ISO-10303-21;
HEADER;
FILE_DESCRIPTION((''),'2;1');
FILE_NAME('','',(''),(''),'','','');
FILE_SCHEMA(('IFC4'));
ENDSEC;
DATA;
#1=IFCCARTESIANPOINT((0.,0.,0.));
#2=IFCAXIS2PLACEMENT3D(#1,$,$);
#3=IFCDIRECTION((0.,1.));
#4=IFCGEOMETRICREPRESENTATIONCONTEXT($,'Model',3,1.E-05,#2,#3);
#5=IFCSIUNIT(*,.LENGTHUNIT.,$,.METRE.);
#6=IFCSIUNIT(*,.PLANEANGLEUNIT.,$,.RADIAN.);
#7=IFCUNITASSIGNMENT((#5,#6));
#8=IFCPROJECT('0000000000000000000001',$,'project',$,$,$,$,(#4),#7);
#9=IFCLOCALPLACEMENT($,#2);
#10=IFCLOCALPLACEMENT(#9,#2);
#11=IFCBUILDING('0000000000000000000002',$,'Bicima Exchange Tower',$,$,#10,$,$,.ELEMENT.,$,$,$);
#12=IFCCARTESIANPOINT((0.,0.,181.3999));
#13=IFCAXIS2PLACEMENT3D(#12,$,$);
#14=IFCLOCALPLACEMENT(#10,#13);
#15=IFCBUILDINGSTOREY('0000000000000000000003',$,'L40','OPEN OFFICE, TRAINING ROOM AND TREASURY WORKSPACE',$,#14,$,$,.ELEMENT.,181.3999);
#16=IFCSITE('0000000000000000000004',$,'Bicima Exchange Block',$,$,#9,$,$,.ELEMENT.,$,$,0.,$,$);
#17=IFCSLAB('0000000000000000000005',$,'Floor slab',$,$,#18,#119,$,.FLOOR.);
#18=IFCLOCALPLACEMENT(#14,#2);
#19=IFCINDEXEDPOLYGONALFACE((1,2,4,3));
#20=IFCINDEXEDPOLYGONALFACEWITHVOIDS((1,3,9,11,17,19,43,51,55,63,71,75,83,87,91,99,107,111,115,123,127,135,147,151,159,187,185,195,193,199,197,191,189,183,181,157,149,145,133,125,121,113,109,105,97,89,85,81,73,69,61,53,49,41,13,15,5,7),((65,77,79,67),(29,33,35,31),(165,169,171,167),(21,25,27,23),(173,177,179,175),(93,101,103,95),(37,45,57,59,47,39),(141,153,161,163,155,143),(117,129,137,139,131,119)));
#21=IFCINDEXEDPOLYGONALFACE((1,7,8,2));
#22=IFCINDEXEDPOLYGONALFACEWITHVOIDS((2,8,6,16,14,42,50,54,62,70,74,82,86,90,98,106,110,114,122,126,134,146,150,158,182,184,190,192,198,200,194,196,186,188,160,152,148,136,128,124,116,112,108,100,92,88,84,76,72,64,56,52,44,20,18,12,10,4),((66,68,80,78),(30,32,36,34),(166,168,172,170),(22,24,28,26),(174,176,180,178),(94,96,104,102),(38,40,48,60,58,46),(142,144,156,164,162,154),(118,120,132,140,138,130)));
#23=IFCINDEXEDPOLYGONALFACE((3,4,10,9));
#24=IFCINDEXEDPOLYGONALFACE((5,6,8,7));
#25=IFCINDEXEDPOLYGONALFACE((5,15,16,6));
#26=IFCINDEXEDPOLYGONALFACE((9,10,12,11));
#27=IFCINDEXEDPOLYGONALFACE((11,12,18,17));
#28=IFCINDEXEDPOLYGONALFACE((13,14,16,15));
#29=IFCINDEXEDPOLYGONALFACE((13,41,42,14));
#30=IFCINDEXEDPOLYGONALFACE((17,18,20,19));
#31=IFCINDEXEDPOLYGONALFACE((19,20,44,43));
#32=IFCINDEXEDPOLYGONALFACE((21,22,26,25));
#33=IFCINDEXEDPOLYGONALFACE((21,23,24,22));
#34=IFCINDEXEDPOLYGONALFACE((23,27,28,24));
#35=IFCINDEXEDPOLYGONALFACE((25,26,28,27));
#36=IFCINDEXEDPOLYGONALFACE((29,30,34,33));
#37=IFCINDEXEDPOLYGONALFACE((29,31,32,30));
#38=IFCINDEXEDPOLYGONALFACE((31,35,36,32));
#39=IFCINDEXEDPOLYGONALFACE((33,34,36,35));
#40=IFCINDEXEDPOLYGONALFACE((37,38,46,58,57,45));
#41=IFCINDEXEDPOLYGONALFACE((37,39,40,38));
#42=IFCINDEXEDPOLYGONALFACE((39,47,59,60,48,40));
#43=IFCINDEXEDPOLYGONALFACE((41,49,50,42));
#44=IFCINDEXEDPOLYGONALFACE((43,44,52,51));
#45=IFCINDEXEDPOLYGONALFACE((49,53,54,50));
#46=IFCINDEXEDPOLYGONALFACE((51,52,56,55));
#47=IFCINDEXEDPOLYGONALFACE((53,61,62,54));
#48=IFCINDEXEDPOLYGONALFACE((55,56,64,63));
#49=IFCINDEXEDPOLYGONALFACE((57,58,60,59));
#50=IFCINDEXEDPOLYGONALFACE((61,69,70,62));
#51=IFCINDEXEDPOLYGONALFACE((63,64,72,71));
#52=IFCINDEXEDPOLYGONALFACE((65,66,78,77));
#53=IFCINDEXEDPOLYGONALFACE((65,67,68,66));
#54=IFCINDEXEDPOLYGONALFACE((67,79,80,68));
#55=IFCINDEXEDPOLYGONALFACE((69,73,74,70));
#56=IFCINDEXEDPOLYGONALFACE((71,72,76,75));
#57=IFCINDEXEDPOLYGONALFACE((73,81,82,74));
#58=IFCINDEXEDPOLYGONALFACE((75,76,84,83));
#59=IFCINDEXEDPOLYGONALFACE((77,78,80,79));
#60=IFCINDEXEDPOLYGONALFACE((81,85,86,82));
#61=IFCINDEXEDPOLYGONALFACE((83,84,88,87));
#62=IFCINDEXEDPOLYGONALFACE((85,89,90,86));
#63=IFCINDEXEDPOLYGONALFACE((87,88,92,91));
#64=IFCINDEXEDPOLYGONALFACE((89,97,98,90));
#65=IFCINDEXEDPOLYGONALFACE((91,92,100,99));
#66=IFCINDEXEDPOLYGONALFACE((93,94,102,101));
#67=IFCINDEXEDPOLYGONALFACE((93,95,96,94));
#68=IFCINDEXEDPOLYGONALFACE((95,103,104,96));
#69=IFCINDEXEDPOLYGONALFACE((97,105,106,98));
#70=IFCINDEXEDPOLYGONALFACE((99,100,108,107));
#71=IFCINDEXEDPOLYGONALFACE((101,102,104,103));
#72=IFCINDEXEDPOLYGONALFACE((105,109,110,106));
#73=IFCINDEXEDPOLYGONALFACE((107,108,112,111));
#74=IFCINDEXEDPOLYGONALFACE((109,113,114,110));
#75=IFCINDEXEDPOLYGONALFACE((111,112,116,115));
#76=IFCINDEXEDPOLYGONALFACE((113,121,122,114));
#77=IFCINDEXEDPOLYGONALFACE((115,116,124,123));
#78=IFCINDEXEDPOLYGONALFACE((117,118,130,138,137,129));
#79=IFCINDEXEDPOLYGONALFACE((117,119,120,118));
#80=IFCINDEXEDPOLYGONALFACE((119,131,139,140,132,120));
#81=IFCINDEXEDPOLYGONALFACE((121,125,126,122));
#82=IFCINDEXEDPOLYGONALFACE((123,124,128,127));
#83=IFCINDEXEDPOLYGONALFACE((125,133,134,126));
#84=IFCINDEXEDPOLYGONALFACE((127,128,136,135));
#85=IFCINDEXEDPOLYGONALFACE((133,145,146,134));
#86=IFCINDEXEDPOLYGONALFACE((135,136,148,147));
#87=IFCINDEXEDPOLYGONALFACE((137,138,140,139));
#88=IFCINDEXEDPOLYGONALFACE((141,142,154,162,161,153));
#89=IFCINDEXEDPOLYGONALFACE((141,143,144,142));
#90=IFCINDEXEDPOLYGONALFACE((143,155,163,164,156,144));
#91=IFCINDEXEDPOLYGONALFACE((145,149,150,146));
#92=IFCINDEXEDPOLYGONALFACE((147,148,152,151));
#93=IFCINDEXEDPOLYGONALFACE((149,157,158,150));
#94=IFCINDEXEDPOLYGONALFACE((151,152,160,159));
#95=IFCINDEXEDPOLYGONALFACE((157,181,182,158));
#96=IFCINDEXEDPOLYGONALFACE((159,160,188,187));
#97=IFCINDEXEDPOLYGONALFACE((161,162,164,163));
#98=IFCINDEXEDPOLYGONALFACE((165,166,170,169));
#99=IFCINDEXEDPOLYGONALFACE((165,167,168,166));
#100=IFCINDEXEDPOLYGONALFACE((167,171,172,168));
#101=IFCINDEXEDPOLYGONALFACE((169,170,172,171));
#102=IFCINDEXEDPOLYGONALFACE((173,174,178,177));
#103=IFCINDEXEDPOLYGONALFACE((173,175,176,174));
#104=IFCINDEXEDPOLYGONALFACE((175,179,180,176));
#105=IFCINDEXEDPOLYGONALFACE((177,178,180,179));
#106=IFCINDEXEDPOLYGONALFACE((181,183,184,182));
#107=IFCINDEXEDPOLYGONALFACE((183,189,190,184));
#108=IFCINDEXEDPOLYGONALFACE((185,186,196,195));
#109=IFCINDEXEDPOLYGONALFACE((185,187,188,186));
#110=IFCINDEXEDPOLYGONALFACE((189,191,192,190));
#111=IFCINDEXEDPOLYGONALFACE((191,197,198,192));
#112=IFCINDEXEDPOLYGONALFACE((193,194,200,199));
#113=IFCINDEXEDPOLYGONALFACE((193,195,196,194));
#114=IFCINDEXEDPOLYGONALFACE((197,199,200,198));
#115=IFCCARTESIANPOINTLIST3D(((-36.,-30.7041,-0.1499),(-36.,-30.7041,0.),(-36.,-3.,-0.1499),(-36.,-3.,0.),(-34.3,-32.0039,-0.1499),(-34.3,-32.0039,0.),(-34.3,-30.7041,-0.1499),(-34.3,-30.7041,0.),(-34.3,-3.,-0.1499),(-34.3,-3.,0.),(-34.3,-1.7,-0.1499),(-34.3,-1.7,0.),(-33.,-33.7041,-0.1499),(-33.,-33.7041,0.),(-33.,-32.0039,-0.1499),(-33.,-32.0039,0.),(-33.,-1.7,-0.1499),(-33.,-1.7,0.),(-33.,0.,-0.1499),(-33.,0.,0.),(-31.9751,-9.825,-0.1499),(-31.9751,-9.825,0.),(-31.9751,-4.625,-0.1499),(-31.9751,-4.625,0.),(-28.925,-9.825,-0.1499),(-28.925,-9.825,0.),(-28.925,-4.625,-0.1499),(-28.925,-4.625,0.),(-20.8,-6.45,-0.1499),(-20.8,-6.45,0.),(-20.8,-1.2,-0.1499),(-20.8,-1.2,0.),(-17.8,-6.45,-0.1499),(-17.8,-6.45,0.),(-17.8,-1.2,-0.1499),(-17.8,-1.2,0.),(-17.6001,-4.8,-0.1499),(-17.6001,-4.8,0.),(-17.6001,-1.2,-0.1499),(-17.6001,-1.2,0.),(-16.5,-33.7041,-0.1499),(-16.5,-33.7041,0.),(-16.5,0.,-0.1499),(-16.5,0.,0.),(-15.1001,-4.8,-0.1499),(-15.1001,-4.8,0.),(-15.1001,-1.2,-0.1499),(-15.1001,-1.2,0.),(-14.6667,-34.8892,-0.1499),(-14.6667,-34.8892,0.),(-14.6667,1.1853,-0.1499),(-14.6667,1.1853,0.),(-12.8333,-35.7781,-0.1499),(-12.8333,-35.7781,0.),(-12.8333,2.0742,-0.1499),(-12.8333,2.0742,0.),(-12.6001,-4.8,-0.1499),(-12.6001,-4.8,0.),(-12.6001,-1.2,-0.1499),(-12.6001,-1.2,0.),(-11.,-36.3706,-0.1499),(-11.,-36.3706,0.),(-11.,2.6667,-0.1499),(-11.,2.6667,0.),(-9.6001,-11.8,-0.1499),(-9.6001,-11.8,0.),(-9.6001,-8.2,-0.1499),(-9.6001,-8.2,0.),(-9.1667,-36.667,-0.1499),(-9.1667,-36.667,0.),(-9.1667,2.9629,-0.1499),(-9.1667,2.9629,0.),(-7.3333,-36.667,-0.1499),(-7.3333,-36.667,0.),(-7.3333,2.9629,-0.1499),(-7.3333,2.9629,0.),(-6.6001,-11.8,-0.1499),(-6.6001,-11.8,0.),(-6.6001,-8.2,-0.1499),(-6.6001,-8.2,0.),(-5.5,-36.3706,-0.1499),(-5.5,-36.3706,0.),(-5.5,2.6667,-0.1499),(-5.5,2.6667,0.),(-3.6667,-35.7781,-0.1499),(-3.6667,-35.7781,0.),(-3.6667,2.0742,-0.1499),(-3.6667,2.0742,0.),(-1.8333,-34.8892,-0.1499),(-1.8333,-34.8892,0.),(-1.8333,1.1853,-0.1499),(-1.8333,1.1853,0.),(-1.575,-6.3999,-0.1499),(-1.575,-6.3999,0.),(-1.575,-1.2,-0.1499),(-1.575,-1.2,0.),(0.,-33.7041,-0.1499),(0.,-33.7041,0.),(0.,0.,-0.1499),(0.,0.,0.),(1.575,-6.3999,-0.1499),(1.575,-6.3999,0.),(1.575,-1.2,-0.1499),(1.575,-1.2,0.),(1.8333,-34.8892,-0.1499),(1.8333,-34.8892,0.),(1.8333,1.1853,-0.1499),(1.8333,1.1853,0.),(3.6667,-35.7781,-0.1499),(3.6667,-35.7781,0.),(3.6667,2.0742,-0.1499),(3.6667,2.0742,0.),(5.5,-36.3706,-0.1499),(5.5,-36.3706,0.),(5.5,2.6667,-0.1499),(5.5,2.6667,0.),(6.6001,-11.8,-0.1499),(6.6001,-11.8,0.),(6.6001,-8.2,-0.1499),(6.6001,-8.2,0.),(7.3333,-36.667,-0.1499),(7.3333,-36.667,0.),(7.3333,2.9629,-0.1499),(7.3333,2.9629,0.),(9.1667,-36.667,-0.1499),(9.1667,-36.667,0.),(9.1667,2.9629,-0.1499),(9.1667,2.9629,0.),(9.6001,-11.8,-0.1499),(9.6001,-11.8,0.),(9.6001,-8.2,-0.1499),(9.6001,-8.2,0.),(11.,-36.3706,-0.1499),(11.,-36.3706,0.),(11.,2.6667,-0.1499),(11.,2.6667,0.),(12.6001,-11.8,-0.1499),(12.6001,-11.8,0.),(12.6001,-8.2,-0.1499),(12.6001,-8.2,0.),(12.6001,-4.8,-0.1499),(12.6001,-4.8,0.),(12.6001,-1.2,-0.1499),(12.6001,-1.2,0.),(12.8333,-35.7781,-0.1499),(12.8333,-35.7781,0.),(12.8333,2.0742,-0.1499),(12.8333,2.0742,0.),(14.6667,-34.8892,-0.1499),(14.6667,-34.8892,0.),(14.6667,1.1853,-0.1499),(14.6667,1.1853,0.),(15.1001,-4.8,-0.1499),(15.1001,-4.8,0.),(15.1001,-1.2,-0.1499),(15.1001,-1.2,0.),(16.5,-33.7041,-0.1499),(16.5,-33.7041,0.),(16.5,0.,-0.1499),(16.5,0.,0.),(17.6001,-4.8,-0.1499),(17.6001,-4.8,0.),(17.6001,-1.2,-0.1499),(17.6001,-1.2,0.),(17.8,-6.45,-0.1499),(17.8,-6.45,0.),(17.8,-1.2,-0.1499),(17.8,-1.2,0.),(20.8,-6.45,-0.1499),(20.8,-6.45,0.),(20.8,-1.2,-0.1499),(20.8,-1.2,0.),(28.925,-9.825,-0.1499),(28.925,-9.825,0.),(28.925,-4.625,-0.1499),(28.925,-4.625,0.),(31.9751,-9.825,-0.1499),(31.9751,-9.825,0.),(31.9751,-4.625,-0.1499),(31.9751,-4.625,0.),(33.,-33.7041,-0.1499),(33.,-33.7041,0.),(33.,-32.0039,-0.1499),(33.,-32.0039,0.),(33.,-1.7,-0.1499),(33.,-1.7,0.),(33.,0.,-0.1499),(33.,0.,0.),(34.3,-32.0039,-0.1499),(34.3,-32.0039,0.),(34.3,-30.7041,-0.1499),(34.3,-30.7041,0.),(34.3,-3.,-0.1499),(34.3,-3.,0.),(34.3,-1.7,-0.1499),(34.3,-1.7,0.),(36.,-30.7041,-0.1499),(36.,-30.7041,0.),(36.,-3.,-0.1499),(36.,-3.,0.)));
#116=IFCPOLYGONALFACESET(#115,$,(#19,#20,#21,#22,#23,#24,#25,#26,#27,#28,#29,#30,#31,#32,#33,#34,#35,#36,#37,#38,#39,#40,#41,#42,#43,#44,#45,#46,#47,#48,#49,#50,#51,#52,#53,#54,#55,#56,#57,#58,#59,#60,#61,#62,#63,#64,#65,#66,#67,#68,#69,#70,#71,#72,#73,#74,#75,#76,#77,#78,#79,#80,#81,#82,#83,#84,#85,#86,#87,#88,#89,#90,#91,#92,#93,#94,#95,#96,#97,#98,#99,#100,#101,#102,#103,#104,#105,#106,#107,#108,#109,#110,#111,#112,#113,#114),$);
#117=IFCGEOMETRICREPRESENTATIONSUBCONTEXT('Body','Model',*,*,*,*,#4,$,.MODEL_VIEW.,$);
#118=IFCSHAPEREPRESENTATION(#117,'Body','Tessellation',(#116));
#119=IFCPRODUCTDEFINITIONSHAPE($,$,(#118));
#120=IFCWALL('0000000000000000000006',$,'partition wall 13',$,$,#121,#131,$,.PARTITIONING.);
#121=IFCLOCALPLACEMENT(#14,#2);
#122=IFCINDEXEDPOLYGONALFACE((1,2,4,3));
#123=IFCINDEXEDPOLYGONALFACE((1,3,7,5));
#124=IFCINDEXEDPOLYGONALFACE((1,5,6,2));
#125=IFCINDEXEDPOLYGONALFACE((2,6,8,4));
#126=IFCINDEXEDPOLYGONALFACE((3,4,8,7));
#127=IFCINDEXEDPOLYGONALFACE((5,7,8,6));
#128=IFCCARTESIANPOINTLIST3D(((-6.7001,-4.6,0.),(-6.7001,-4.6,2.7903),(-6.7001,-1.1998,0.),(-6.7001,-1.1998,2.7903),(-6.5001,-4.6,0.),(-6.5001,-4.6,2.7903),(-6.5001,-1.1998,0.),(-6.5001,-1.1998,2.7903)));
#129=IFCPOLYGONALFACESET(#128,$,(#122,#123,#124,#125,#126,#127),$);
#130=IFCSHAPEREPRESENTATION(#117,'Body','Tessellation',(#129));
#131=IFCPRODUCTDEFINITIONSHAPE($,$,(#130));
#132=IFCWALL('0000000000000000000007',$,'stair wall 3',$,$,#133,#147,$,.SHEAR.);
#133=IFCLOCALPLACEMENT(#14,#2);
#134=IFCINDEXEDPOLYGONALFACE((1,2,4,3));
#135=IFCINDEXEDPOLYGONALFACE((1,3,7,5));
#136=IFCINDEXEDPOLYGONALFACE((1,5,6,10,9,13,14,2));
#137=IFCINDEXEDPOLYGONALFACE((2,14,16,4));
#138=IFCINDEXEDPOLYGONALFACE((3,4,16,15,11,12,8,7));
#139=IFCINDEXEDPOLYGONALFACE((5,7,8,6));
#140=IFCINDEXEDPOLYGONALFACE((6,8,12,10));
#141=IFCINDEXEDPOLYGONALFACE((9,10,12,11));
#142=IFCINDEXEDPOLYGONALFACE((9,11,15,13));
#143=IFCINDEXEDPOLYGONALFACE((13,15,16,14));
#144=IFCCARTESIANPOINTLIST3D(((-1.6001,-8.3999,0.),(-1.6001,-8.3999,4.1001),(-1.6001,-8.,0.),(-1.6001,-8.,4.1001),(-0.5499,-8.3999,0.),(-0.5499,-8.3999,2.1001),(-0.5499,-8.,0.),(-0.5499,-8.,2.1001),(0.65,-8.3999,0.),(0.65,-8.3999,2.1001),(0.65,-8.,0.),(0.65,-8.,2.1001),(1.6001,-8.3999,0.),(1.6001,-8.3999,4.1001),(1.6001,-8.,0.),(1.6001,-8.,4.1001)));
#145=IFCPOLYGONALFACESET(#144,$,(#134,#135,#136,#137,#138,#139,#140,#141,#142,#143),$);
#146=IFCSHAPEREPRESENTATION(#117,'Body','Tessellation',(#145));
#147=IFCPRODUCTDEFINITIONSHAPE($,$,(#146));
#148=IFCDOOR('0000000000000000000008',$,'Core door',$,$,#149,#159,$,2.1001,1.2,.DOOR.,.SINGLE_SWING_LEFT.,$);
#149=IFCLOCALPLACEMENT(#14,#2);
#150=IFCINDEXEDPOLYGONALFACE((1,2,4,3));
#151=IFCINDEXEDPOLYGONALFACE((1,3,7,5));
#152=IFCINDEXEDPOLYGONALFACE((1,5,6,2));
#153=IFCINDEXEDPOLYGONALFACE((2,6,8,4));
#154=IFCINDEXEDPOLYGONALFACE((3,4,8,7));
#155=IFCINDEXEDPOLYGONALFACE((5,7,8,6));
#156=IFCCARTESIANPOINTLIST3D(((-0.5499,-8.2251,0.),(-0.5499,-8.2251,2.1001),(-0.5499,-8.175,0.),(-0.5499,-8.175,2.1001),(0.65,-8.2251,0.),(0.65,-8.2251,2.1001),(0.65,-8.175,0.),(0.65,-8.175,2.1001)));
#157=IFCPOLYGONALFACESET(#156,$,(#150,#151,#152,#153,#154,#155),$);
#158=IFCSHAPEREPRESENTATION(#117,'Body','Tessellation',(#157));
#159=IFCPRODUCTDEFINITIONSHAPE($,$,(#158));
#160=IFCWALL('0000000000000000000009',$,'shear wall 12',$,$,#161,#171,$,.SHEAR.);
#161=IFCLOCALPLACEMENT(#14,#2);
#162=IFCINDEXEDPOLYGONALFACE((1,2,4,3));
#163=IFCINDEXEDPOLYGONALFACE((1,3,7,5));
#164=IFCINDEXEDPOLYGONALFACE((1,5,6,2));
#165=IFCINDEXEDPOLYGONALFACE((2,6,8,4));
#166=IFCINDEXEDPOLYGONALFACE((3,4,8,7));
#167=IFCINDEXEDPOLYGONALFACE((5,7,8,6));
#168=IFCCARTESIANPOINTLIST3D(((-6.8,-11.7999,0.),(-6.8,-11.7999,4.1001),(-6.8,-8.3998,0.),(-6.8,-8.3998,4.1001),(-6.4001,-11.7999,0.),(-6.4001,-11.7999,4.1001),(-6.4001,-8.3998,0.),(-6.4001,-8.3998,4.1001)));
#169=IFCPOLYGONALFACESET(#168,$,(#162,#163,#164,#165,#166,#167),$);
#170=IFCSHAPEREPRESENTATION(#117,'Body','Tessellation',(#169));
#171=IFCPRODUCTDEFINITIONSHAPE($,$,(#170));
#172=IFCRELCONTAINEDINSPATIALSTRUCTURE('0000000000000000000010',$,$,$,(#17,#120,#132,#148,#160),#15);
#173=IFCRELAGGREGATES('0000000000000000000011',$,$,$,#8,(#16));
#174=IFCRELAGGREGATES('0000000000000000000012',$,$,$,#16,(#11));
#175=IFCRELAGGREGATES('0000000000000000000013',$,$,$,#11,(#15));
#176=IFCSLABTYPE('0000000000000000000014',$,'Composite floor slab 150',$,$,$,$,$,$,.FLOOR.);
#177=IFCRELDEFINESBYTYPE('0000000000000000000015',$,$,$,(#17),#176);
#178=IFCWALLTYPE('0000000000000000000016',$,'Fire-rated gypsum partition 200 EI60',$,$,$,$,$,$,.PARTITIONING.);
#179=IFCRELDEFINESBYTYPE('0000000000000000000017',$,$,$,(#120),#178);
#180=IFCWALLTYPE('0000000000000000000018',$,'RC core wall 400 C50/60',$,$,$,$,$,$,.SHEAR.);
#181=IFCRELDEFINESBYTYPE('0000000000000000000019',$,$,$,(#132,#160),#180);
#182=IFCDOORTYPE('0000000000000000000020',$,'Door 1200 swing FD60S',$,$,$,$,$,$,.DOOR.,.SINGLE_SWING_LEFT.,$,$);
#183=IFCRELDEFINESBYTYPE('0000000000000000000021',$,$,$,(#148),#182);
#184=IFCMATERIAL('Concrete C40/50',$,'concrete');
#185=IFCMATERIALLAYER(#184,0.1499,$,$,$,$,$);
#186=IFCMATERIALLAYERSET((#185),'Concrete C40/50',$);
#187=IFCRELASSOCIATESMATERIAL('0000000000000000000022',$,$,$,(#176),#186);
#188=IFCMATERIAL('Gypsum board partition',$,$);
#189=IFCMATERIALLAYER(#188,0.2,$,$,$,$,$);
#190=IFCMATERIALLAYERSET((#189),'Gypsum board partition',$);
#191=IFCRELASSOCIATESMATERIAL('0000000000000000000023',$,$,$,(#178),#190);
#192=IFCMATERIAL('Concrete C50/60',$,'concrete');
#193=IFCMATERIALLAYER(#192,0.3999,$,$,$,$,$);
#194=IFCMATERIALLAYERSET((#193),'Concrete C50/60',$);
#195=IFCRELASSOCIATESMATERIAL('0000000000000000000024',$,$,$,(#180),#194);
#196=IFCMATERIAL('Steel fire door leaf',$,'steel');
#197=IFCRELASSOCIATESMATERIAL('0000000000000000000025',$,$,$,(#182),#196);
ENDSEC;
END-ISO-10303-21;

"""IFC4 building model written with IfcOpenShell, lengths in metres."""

from ifc_helpers import new_model, si_unit, direction, frame, frame_2d, origin, place, context, subcontext, project, spatial, polyline, rectangle, outline, extrude, material, layer, layer_set, type_object, element, fill, save


model = new_model("IFC4")

# Units and contexts
model_context = context("Model", 3, precision=1e-05, world=origin(), true_north=direction((0.0, 1.0)))
body_context = subcontext(model_context, "Body", "Model", "MODEL_VIEW")
ifc_project = project(units=[si_unit("LENGTHUNIT", "METRE"), si_unit("PLANEANGLEUNIT", "RADIAN")], contexts=[model_context])

# Site, building, storey
site_placement = place(None, origin())
site = spatial("IfcSite", under=ifc_project, at=site_placement, Name="Bicima Exchange Block", CompositionType="ELEMENT", RefElevation=0.0)
building_placement = place(site_placement, origin())
building = spatial("IfcBuilding", under=site, at=building_placement, Name="Bicima Exchange Tower", CompositionType="ELEMENT")
storey_placement = place(building_placement, frame((0.0, 0.0, 181.3999)))
storey = spatial("IfcBuildingStorey", under=building, at=storey_placement, Name="L40", Description="OPEN OFFICE, TRAINING ROOM AND TREASURY WORKSPACE", CompositionType="ELEMENT", Elevation=181.3999)

# Slab
ifc_material_1 = material(Name="Concrete C40/50", Category="concrete")
ifc_layer_1 = layer(ifc_material_1, 0.1499)
ifc_layer_set_1 = layer_set([ifc_layer_1], Name="Concrete C40/50")
slab_type = type_object("IfcSlabType", Name="Composite floor slab 150", PredefinedType="FLOOR", material=ifc_layer_set_1)
slab_placement = place(storey_placement, frame((0.0, 0.0, -0.1499)))
element("IfcSlab", 1, at=slab_placement, inside=storey, type_object=slab_type, Name="Floor slab", PredefinedType="FLOOR", context=body_context, shape_type="SweptSolid", body=[
    extrude(outline(polyline([(-36.0, -30.7041), (-36.0, -3.0), (-34.3, -3.0), (-34.3, -1.7), (-33.0, -1.7), (-33.0, 0.0), (-16.5, 0.0), (-14.6667, 1.1853), (-12.8333, 2.0742), (-11.0, 2.6667), (-9.1667, 2.9629), (-7.3333, 2.9629), (-5.5, 2.6667), (-3.6667, 2.0742), (-1.8333, 1.1853), (0.0, 0.0), (1.8333, 1.1853), (3.6667, 2.0742), (5.5, 2.6667), (7.3333, 2.9629), (9.1667, 2.9629), (11.0, 2.6667), (12.8333, 2.0742), (14.6667, 1.1853), (16.5, 0.0), (33.0, 0.0), (33.0, -1.7), (34.3, -1.7), (34.3, -3.0), (36.0, -3.0), (36.0, -30.7041), (34.3, -30.7041), (34.3, -32.0039), (33.0, -32.0039), (33.0, -33.7041), (16.5, -33.7041), (14.6667, -34.8892), (12.8333, -35.7781), (11.0, -36.3706), (9.1667, -36.667), (7.3333, -36.667), (5.5, -36.3706), (3.6667, -35.7781), (1.8333, -34.8892), (0.0, -33.7041), (-1.8333, -34.8892), (-3.6667, -35.7781), (-5.5, -36.3706), (-7.3333, -36.667), (-9.1667, -36.667), (-11.0, -36.3706), (-12.8333, -35.7781), (-14.6667, -34.8892), (-16.5, -33.7041), (-33.0, -33.7041), (-33.0, -32.0039), (-34.3, -32.0039), (-34.3, -30.7041), (-36.0, -30.7041)]), holes=[polyline([(-6.6001, -11.8), (-6.6001, -8.2), (-9.6001, -8.2), (-9.6001, -11.8), (-6.6001, -11.8)]), polyline([(-31.9751, -9.825), (-28.925, -9.825), (-28.925, -4.625), (-31.9751, -4.625), (-31.9751, -9.825)]), polyline([(-20.8, -6.45), (-17.8, -6.45), (-17.8, -1.2), (-20.8, -1.2), (-20.8, -6.45)]), polyline([(1.575, -6.3999), (1.575, -1.2), (-1.575, -1.2), (-1.575, -6.3999), (1.575, -6.3999)]), polyline([(-12.6001, -4.8), (-12.6001, -1.2), (-15.1001, -1.2), (-17.6001, -1.2), (-17.6001, -4.8), (-15.1001, -4.8), (-12.6001, -4.8)]), polyline([(12.6001, -8.2), (9.6001, -8.2), (6.6001, -8.2), (6.6001, -11.8), (9.6001, -11.8), (12.6001, -11.8), (12.6001, -8.2)]), polyline([(28.925, -9.825), (31.9751, -9.825), (31.9751, -4.625), (28.925, -4.625), (28.925, -9.825)]), polyline([(20.8, -6.45), (20.8, -1.2), (17.8, -1.2), (17.8, -6.45), (20.8, -6.45)]), polyline([(17.6001, -4.8), (17.6001, -1.2), (15.1001, -1.2), (12.6001, -1.2), (12.6001, -4.8), (15.1001, -4.8), (17.6001, -4.8)])]), origin(), (0.0, 0.0, 1.0), 0.1499),
])

# Wall
ifc_material_2 = material(Name="Gypsum board partition")
ifc_layer_2 = layer(ifc_material_2, 0.2)
ifc_layer_set_2 = layer_set([ifc_layer_2], Name="Gypsum board partition")
wall_type_1 = type_object("IfcWallType", Name="Fire-rated gypsum partition 200 EI60", PredefinedType="PARTITIONING", material=ifc_layer_set_2)
wall_1_placement = place(storey_placement, frame((-6.6001, -4.6001, 0.0), z_axis=(0.0, 0.0, 1.0), x_axis=(0.0, 1.0, 0.0)))
element("IfcWall", 2, at=wall_1_placement, inside=storey, type_object=wall_type_1, Name="partition wall 13", PredefinedType="PARTITIONING", context=body_context, shape_type="SweptSolid", body=[
    extrude(rectangle(XDim=3.4001, YDim=0.2, at=frame_2d((1.7002, 0.0))), origin(), (0.0, 0.0, 1.0), 2.7903),
])

# Wall, opening, door
ifc_material_3 = material(Name="Concrete C50/60", Category="concrete")
ifc_layer_3 = layer(ifc_material_3, 0.3999)
ifc_layer_set_3 = layer_set([ifc_layer_3], Name="Concrete C50/60")
wall_type_2 = type_object("IfcWallType", Name="RC core wall 400 C50/60", PredefinedType="SHEAR", material=ifc_layer_set_3)
wall_2_placement = place(storey_placement, frame((-1.6001, -8.2, 0.0), z_axis=(0.0, 0.0, 1.0), x_axis=(1.0, 0.0, 0.0)))
wall_2 = element("IfcWall", 3, at=wall_2_placement, inside=storey, type_object=wall_type_2, Name="stair wall 3", PredefinedType="SHEAR", context=body_context, shape_type="SweptSolid", body=[
    extrude(rectangle(XDim=3.2002, YDim=0.3999, at=frame_2d((1.6001, 0.0))), origin(), (0.0, 0.0, 1.0), 4.1001),
])
opening_1_placement = place(wall_2_placement, frame((1.05, 0.0, 0.0)))
opening_1 = element("IfcOpeningElement", 4, at=opening_1_placement, cuts=wall_2, PredefinedType="OPENING", context=body_context, shape_type="SweptSolid", body=[
    extrude(rectangle(XDim=1.2, YDim=2.1001, at=frame_2d((0.6001, 1.05))), frame((0.0, 0.2119, 0.0), z_axis=(0.0, -1.0, 0.0), x_axis=(1.0, 0.0, 0.0)), (0.0, 0.0, 1.0), 0.4238),
])
ifc_material_4 = material(Name="Steel fire door leaf", Category="steel")
door_type_1 = type_object("IfcDoorType", Name="Door 1200 swing FD60S", OperationType="SINGLE_SWING_LEFT", PredefinedType="DOOR", material=ifc_material_4)
door_1_placement = place(opening_1_placement, origin())
door_1 = element("IfcDoor", 5, at=door_1_placement, inside=storey, type_object=door_type_1, Name="Core door", OperationType="SINGLE_SWING_LEFT", OverallHeight=2.1001, OverallWidth=1.2, PredefinedType="DOOR", context=body_context, shape_type="SweptSolid", body=[
    extrude(rectangle(XDim=1.2, YDim=2.1001, at=frame_2d((0.6001, 1.05))), frame((0.0, 0.0249, 0.0), z_axis=(0.0, -1.0, 0.0), x_axis=(1.0, 0.0, 0.0)), (0.0, 0.0, 1.0), 0.05),
])
fill(opening_1, door_1)

# Wall
wall_3_placement = place(storey_placement, frame((-6.6001, -11.8, 0.0), z_axis=(0.0, 0.0, 1.0), x_axis=(0.0, 1.0, 0.0)))
element("IfcWall", 6, at=wall_3_placement, inside=storey, type_object=wall_type_2, Name="shear wall 12", PredefinedType="SHEAR", context=body_context, shape_type="SweptSolid", body=[
    extrude(rectangle(XDim=3.4001, YDim=0.3999, at=frame_2d((1.7002, 0.0))), origin(), (0.0, 0.0, 1.0), 4.1001),
])

save(model, "model.ifc")
